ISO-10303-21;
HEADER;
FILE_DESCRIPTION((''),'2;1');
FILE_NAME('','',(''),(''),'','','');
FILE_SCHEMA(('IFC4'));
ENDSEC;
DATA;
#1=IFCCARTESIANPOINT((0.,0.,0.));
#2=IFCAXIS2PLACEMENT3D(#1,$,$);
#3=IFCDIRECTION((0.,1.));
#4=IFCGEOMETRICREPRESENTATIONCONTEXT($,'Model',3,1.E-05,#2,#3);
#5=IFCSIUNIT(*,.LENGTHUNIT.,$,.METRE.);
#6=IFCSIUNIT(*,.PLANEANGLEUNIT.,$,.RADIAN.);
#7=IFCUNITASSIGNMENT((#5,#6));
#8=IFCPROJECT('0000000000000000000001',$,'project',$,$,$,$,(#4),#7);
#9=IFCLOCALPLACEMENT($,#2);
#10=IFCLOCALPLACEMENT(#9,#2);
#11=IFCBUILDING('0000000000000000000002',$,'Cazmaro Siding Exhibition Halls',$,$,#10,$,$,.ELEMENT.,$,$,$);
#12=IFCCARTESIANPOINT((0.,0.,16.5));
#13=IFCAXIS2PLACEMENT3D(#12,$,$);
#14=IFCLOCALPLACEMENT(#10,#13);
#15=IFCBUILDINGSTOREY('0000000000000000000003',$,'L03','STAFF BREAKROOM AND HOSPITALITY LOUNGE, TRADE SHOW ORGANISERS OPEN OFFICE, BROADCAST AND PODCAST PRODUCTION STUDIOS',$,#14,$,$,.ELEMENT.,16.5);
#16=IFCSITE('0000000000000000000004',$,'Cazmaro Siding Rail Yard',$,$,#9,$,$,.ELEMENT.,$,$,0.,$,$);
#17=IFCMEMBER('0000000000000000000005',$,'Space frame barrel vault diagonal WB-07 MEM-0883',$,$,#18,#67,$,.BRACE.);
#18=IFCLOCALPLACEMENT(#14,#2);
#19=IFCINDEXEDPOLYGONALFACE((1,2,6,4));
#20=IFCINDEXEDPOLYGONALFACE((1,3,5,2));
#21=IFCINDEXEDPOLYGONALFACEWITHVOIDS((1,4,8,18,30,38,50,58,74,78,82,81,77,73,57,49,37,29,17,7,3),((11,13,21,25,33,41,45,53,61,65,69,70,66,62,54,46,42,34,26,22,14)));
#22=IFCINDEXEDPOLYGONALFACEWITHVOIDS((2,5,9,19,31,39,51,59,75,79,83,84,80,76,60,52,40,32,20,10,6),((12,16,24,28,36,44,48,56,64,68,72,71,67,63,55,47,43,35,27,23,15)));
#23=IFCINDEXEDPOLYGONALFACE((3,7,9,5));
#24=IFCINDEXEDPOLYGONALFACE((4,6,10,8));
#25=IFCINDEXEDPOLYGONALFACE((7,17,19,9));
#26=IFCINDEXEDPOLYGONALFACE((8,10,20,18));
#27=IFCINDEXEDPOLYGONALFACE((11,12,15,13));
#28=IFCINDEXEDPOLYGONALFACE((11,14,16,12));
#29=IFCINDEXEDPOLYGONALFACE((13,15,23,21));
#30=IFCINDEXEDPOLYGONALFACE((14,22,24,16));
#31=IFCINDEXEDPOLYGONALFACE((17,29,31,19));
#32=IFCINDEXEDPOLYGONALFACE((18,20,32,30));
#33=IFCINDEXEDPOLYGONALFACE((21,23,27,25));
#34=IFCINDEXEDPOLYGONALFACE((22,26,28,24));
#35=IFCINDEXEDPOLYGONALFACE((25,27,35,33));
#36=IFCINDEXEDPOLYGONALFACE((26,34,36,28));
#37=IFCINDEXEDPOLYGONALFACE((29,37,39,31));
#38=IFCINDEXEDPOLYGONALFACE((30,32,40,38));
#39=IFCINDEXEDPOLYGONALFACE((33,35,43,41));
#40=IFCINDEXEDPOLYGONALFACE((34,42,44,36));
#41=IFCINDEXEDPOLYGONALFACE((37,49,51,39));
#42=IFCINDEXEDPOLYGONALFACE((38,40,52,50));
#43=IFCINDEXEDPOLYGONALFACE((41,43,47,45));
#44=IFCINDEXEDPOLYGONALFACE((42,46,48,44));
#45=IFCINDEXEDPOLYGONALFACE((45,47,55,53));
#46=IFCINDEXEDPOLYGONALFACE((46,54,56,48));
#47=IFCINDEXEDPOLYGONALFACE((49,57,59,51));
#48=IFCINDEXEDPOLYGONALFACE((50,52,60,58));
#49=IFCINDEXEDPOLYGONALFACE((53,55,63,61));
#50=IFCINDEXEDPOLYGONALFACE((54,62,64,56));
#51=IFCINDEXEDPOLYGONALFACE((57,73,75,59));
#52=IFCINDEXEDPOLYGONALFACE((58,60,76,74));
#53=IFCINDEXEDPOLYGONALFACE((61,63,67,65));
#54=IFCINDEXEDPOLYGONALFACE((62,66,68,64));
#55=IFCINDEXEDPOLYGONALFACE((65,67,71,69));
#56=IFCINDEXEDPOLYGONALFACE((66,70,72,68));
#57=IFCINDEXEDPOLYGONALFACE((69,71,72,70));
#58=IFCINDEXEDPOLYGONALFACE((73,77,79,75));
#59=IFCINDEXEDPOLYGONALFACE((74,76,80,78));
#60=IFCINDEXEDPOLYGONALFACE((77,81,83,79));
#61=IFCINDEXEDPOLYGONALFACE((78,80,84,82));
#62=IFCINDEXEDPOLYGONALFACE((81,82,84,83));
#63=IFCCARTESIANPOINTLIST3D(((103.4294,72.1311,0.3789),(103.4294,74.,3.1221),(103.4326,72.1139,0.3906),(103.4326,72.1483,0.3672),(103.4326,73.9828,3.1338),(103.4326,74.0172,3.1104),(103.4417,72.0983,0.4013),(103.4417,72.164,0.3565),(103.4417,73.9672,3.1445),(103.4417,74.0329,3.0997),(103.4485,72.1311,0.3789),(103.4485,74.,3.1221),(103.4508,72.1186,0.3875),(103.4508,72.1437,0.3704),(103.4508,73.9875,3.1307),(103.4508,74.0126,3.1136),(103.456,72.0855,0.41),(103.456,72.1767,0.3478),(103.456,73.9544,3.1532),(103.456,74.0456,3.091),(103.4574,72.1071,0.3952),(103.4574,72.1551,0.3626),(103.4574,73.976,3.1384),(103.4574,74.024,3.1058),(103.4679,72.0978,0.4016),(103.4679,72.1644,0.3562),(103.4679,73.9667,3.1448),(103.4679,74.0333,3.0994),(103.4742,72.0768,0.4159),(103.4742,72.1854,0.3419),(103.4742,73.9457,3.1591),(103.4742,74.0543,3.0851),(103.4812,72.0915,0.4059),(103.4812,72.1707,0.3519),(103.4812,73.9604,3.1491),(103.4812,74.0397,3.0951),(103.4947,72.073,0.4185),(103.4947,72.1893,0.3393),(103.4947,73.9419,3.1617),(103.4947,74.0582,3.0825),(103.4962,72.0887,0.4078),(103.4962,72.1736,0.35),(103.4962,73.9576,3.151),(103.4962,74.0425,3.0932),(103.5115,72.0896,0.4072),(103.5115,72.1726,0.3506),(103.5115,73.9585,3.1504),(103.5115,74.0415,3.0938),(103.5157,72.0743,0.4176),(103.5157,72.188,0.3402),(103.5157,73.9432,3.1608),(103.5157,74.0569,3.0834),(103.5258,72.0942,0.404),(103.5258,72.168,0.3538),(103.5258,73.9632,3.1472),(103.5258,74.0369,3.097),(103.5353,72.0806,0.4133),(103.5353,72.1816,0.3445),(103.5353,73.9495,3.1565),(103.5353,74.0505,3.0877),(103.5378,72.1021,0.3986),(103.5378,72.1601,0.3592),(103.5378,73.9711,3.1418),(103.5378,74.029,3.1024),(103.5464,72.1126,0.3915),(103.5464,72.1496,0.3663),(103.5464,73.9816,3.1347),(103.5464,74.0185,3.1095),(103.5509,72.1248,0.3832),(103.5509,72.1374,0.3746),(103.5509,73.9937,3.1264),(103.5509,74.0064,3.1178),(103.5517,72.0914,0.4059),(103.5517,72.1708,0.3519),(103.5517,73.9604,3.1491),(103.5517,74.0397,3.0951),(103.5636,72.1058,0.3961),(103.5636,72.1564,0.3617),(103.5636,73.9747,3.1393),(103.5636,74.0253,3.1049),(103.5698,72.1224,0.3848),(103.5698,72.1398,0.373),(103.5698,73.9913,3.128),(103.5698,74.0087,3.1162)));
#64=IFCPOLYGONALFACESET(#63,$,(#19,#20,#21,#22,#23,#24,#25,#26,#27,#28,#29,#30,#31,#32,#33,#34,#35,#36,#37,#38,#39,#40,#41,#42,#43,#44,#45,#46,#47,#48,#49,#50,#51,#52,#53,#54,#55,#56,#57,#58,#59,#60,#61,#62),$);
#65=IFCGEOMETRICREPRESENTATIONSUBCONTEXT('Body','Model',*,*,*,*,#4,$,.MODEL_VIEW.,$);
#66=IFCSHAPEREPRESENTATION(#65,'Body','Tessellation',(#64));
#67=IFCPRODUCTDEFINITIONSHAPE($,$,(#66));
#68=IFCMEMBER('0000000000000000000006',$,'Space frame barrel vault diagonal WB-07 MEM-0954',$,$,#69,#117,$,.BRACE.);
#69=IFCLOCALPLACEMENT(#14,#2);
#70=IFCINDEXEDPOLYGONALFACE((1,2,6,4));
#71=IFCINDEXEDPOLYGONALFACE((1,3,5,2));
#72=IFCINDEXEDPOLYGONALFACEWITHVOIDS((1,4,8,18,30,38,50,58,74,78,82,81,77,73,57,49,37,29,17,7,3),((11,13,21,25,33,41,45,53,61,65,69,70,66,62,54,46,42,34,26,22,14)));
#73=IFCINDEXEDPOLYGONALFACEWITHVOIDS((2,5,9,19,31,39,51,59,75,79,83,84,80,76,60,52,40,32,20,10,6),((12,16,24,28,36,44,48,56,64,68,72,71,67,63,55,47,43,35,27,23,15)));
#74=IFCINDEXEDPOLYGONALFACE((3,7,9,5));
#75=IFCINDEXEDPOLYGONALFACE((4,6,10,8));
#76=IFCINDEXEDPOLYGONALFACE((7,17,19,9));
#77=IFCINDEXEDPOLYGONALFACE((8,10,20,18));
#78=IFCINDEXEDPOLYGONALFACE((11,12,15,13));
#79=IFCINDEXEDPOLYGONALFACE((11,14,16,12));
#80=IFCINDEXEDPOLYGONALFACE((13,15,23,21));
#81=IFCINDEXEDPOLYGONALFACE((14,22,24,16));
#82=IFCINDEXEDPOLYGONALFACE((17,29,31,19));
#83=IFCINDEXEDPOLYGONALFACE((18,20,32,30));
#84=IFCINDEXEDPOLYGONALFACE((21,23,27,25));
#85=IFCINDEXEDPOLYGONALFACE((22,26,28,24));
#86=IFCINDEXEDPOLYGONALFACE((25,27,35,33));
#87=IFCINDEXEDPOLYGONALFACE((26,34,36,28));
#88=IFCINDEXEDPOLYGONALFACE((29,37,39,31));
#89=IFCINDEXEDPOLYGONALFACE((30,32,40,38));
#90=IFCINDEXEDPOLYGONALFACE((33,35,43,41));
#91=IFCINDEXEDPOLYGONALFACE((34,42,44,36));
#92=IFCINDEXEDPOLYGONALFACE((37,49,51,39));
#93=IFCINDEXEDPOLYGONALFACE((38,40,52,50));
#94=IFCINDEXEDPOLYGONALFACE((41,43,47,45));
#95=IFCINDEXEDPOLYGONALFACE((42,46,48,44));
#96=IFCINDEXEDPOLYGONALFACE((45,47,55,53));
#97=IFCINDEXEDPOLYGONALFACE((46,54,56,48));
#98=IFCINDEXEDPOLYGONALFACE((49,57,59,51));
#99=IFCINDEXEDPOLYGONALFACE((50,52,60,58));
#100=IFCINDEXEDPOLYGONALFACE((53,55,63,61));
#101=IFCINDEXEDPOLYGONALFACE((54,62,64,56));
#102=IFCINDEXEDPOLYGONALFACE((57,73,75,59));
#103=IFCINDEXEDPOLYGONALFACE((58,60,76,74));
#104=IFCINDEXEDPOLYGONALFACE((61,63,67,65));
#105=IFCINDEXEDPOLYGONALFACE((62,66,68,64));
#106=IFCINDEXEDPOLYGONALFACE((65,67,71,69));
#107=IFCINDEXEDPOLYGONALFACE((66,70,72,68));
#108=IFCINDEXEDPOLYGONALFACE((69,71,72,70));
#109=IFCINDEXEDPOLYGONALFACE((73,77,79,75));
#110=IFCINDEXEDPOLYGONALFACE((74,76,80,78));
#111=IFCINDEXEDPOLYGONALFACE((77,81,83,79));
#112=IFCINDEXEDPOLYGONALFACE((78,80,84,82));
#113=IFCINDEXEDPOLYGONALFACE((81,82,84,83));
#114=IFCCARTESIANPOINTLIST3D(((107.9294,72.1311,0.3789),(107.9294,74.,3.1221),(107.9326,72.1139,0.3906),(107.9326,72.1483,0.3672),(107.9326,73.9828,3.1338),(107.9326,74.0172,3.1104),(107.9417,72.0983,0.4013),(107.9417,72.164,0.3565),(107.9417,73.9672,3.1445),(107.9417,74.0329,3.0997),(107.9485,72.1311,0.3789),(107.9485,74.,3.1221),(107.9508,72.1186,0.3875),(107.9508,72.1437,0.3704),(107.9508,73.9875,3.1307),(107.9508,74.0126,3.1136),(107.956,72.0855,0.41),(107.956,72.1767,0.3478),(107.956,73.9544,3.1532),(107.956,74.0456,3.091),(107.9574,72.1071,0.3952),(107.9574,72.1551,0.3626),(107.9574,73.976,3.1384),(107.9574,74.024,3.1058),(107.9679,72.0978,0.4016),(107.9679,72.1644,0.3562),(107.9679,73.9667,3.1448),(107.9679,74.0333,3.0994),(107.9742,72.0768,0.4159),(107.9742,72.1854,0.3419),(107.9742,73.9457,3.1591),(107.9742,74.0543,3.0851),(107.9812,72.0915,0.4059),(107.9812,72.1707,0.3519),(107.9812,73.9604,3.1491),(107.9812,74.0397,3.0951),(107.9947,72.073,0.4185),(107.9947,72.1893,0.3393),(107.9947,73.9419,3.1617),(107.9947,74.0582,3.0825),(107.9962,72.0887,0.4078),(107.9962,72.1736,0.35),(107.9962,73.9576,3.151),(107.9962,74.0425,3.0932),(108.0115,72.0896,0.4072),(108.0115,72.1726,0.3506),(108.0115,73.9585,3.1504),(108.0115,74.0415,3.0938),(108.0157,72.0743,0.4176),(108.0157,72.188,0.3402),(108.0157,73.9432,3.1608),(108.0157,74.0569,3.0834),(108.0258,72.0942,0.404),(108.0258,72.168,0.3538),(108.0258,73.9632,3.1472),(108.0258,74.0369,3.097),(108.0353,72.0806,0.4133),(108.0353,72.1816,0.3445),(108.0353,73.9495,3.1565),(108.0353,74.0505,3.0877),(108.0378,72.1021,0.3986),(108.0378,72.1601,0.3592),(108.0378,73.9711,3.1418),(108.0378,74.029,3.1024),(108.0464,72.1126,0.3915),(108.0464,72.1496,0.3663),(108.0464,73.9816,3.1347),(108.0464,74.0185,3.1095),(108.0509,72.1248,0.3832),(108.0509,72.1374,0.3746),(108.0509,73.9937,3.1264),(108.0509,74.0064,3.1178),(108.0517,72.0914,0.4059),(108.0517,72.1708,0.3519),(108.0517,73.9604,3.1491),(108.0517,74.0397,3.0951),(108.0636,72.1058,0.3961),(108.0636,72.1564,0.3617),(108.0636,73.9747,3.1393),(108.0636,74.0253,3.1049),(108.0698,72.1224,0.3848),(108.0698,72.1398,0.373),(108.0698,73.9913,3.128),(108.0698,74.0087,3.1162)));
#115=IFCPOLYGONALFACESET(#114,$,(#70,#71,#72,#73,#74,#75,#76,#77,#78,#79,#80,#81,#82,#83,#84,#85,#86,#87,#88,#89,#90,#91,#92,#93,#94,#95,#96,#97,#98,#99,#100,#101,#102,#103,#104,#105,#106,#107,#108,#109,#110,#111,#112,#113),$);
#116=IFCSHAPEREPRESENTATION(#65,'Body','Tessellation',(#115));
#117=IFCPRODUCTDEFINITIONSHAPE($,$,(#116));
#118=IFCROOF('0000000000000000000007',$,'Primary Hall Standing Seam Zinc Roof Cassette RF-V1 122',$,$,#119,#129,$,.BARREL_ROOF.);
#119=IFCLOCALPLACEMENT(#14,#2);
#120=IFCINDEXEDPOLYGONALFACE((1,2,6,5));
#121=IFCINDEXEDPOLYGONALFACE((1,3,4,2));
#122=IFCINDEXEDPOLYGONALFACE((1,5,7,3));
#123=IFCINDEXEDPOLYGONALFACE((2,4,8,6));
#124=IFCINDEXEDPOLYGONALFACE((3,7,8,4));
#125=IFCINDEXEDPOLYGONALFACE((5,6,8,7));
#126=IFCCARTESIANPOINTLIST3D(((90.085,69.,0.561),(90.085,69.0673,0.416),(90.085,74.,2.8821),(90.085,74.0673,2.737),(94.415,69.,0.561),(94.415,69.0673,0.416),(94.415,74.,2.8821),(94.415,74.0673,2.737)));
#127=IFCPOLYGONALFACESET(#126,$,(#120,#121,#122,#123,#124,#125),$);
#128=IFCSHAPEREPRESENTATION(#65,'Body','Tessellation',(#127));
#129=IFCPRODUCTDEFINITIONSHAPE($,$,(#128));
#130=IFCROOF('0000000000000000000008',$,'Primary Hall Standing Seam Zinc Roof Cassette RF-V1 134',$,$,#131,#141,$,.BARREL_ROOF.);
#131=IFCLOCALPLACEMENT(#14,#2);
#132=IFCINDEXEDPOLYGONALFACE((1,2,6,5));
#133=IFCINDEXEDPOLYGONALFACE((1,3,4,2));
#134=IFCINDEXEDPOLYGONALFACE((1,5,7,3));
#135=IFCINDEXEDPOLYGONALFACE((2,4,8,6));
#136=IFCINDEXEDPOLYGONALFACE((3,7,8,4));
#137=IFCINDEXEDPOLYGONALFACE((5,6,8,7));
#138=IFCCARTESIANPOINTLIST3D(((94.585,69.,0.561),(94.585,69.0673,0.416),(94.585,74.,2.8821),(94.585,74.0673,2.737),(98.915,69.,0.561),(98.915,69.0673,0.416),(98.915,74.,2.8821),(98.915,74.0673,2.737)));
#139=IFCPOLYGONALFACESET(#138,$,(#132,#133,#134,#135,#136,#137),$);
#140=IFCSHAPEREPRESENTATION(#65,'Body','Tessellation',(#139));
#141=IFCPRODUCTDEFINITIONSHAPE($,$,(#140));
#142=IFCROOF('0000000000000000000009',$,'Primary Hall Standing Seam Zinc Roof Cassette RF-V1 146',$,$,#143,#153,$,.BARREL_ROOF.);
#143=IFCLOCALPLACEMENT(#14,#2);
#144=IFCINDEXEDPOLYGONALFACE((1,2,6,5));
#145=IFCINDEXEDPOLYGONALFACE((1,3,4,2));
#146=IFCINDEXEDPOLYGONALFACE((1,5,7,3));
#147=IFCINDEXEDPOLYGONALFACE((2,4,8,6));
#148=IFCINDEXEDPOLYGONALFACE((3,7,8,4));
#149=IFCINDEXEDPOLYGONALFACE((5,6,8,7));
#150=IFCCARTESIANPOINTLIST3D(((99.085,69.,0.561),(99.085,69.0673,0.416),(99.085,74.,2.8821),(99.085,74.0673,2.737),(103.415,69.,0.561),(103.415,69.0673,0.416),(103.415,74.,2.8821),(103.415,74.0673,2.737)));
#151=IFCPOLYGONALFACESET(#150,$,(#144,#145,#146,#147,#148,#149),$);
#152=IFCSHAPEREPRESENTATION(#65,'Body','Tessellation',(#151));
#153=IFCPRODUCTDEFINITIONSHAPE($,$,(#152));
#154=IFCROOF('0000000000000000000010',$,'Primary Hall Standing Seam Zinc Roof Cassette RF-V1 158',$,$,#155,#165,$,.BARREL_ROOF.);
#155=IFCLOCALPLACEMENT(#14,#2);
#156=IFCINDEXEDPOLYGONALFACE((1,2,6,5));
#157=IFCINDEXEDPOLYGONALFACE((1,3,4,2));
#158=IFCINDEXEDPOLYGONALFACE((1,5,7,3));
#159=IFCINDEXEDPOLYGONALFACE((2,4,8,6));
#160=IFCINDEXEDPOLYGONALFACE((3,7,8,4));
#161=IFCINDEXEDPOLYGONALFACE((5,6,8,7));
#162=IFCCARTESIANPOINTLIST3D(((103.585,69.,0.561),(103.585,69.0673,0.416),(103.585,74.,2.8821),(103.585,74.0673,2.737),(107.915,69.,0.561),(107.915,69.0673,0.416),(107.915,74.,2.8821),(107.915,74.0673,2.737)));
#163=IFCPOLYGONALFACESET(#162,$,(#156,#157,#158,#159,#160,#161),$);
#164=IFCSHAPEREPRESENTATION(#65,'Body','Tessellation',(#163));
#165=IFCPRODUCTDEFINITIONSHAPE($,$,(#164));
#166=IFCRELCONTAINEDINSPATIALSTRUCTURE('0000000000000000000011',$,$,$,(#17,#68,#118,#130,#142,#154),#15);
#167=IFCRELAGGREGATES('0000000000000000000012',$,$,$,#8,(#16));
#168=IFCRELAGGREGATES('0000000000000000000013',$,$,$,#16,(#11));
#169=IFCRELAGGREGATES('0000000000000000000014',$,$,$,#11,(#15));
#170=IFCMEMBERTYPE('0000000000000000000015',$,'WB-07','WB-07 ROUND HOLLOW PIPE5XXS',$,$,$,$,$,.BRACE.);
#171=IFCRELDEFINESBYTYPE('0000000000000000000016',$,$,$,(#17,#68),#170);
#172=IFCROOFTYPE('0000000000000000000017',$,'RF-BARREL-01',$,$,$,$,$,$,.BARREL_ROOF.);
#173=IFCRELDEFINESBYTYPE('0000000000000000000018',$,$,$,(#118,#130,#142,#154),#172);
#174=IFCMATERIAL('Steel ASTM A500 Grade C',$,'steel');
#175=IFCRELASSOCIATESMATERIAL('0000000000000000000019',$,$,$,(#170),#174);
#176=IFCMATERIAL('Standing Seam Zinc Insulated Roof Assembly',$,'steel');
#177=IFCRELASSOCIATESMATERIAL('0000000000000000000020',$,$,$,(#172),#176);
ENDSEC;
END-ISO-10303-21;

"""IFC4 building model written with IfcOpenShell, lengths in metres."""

from ifc_helpers import new_model, si_unit, direction, frame, origin, origin_2d, place, context, subcontext, project, spatial, polyline, hollow_circle, outline, extrude, material, material_profile, profile_set, type_object, element, save


model = new_model("IFC4")

# Units and contexts
model_context = context("Model", 3, precision=1e-05, world=origin(), true_north=direction((0.0, 1.0)))
body_context = subcontext(model_context, "Body", "Model", "MODEL_VIEW")
ifc_project = project(units=[si_unit("LENGTHUNIT", "METRE"), si_unit("PLANEANGLEUNIT", "RADIAN")], contexts=[model_context])

# Site, building, storey
site_placement = place(None, origin())
site = spatial("IfcSite", under=ifc_project, at=site_placement, Name="Cazmaro Siding Rail Yard", CompositionType="ELEMENT", RefElevation=0.0)
building_placement = place(site_placement, origin())
building = spatial("IfcBuilding", under=site, at=building_placement, Name="Cazmaro Siding Exhibition Halls", CompositionType="ELEMENT")
storey_placement = place(building_placement, frame((0.0, 0.0, 16.5)))
storey = spatial("IfcBuildingStorey", under=building, at=storey_placement, Name="L03", Description="STAFF BREAKROOM AND HOSPITALITY LOUNGE, TRADE SHOW ORGANISERS OPEN OFFICE, BROADCAST AND PODCAST PRODUCTION STUDIOS", CompositionType="ELEMENT", Elevation=16.5)

# Members
ifc_material_1 = material(Name="Steel ASTM A500 Grade C", Category="steel")
ifc_material_profile_1 = material_profile(ifc_material_1, hollow_circle(Radius=0.0706, WallThickness=0.019, at=origin_2d()), Name="PIPE5XXS")
ifc_profile_set_1 = profile_set([ifc_material_profile_1], Name="Steel ASTM A500 Grade C")
member_type_1 = type_object("IfcMemberType", Name="WB-07", Description="WB-07 ROUND HOLLOW PIPE5XXS", PredefinedType="BRACE", material=ifc_profile_set_1)
for number, where, z_axis, x_axis, name in (
    (1, (103.5, 72.1311, 0.3789), (0.0, 0.56304, 0.82643), (-1.0, 0.0, 0.0), "Space frame barrel vault diagonal WB-07 MEM-0883"),
    (2, (108.0, 72.1311, 0.3789), (0.0, 0.56304, 0.82643), (-1.0, 0.0, 0.0), "Space frame barrel vault diagonal WB-07 MEM-0954"),
):
    element("IfcMember", number, at=place(storey_placement, frame(where, z_axis=z_axis, x_axis=x_axis)), inside=storey, type_object=member_type_1, Name=name, PredefinedType="BRACE", context=body_context, shape_type="SweptSolid", body=[
        extrude(hollow_circle(Radius=0.0706, WallThickness=0.019, at=origin_2d()), origin(), (0.0, 0.0, 1.0), 3.3193),
    ])

# Roofs
ifc_material_2 = material(Name="Standing Seam Zinc Insulated Roof Assembly", Category="steel")
roof_type = type_object("IfcRoofType", Name="RF-BARREL-01", PredefinedType="BARREL_ROOF", material=ifc_material_2)
for number, where, z_axis, x_axis, name in (
    (3, (90.085, 69.0, 0.561), (0.0, -0.421054, 0.907036), (1.0, 0.0, 0.0), "Primary Hall Standing Seam Zinc Roof Cassette RF-V1 122"),
    (4, (94.585, 69.0, 0.561), (0.0, -0.421054, 0.907036), (1.0, 0.0, 0.0), "Primary Hall Standing Seam Zinc Roof Cassette RF-V1 134"),
    (5, (99.085, 69.0, 0.561), (0.0, -0.421054, 0.907036), (1.0, 0.0, 0.0), "Primary Hall Standing Seam Zinc Roof Cassette RF-V1 146"),
    (6, (103.585, 69.0, 0.561), (0.0, -0.421054, 0.907036), (1.0, 0.0, 0.0), "Primary Hall Standing Seam Zinc Roof Cassette RF-V1 158"),
):
    element("IfcRoof", number, at=place(storey_placement, frame(where, z_axis=z_axis, x_axis=x_axis)), inside=storey, type_object=roof_type, Name=name, PredefinedType="BARREL_ROOF", context=body_context, shape_type="SweptSolid", body=[
        extrude(outline(polyline([(0.0, 0.0), (4.3301, 0.0), (4.3301, 5.5125), (0.0, 5.5125), (0.0, 0.0)])), origin(), (0.0, 0.0, -1.0), 0.1599),
    ])

save(model, "model.ifc")
